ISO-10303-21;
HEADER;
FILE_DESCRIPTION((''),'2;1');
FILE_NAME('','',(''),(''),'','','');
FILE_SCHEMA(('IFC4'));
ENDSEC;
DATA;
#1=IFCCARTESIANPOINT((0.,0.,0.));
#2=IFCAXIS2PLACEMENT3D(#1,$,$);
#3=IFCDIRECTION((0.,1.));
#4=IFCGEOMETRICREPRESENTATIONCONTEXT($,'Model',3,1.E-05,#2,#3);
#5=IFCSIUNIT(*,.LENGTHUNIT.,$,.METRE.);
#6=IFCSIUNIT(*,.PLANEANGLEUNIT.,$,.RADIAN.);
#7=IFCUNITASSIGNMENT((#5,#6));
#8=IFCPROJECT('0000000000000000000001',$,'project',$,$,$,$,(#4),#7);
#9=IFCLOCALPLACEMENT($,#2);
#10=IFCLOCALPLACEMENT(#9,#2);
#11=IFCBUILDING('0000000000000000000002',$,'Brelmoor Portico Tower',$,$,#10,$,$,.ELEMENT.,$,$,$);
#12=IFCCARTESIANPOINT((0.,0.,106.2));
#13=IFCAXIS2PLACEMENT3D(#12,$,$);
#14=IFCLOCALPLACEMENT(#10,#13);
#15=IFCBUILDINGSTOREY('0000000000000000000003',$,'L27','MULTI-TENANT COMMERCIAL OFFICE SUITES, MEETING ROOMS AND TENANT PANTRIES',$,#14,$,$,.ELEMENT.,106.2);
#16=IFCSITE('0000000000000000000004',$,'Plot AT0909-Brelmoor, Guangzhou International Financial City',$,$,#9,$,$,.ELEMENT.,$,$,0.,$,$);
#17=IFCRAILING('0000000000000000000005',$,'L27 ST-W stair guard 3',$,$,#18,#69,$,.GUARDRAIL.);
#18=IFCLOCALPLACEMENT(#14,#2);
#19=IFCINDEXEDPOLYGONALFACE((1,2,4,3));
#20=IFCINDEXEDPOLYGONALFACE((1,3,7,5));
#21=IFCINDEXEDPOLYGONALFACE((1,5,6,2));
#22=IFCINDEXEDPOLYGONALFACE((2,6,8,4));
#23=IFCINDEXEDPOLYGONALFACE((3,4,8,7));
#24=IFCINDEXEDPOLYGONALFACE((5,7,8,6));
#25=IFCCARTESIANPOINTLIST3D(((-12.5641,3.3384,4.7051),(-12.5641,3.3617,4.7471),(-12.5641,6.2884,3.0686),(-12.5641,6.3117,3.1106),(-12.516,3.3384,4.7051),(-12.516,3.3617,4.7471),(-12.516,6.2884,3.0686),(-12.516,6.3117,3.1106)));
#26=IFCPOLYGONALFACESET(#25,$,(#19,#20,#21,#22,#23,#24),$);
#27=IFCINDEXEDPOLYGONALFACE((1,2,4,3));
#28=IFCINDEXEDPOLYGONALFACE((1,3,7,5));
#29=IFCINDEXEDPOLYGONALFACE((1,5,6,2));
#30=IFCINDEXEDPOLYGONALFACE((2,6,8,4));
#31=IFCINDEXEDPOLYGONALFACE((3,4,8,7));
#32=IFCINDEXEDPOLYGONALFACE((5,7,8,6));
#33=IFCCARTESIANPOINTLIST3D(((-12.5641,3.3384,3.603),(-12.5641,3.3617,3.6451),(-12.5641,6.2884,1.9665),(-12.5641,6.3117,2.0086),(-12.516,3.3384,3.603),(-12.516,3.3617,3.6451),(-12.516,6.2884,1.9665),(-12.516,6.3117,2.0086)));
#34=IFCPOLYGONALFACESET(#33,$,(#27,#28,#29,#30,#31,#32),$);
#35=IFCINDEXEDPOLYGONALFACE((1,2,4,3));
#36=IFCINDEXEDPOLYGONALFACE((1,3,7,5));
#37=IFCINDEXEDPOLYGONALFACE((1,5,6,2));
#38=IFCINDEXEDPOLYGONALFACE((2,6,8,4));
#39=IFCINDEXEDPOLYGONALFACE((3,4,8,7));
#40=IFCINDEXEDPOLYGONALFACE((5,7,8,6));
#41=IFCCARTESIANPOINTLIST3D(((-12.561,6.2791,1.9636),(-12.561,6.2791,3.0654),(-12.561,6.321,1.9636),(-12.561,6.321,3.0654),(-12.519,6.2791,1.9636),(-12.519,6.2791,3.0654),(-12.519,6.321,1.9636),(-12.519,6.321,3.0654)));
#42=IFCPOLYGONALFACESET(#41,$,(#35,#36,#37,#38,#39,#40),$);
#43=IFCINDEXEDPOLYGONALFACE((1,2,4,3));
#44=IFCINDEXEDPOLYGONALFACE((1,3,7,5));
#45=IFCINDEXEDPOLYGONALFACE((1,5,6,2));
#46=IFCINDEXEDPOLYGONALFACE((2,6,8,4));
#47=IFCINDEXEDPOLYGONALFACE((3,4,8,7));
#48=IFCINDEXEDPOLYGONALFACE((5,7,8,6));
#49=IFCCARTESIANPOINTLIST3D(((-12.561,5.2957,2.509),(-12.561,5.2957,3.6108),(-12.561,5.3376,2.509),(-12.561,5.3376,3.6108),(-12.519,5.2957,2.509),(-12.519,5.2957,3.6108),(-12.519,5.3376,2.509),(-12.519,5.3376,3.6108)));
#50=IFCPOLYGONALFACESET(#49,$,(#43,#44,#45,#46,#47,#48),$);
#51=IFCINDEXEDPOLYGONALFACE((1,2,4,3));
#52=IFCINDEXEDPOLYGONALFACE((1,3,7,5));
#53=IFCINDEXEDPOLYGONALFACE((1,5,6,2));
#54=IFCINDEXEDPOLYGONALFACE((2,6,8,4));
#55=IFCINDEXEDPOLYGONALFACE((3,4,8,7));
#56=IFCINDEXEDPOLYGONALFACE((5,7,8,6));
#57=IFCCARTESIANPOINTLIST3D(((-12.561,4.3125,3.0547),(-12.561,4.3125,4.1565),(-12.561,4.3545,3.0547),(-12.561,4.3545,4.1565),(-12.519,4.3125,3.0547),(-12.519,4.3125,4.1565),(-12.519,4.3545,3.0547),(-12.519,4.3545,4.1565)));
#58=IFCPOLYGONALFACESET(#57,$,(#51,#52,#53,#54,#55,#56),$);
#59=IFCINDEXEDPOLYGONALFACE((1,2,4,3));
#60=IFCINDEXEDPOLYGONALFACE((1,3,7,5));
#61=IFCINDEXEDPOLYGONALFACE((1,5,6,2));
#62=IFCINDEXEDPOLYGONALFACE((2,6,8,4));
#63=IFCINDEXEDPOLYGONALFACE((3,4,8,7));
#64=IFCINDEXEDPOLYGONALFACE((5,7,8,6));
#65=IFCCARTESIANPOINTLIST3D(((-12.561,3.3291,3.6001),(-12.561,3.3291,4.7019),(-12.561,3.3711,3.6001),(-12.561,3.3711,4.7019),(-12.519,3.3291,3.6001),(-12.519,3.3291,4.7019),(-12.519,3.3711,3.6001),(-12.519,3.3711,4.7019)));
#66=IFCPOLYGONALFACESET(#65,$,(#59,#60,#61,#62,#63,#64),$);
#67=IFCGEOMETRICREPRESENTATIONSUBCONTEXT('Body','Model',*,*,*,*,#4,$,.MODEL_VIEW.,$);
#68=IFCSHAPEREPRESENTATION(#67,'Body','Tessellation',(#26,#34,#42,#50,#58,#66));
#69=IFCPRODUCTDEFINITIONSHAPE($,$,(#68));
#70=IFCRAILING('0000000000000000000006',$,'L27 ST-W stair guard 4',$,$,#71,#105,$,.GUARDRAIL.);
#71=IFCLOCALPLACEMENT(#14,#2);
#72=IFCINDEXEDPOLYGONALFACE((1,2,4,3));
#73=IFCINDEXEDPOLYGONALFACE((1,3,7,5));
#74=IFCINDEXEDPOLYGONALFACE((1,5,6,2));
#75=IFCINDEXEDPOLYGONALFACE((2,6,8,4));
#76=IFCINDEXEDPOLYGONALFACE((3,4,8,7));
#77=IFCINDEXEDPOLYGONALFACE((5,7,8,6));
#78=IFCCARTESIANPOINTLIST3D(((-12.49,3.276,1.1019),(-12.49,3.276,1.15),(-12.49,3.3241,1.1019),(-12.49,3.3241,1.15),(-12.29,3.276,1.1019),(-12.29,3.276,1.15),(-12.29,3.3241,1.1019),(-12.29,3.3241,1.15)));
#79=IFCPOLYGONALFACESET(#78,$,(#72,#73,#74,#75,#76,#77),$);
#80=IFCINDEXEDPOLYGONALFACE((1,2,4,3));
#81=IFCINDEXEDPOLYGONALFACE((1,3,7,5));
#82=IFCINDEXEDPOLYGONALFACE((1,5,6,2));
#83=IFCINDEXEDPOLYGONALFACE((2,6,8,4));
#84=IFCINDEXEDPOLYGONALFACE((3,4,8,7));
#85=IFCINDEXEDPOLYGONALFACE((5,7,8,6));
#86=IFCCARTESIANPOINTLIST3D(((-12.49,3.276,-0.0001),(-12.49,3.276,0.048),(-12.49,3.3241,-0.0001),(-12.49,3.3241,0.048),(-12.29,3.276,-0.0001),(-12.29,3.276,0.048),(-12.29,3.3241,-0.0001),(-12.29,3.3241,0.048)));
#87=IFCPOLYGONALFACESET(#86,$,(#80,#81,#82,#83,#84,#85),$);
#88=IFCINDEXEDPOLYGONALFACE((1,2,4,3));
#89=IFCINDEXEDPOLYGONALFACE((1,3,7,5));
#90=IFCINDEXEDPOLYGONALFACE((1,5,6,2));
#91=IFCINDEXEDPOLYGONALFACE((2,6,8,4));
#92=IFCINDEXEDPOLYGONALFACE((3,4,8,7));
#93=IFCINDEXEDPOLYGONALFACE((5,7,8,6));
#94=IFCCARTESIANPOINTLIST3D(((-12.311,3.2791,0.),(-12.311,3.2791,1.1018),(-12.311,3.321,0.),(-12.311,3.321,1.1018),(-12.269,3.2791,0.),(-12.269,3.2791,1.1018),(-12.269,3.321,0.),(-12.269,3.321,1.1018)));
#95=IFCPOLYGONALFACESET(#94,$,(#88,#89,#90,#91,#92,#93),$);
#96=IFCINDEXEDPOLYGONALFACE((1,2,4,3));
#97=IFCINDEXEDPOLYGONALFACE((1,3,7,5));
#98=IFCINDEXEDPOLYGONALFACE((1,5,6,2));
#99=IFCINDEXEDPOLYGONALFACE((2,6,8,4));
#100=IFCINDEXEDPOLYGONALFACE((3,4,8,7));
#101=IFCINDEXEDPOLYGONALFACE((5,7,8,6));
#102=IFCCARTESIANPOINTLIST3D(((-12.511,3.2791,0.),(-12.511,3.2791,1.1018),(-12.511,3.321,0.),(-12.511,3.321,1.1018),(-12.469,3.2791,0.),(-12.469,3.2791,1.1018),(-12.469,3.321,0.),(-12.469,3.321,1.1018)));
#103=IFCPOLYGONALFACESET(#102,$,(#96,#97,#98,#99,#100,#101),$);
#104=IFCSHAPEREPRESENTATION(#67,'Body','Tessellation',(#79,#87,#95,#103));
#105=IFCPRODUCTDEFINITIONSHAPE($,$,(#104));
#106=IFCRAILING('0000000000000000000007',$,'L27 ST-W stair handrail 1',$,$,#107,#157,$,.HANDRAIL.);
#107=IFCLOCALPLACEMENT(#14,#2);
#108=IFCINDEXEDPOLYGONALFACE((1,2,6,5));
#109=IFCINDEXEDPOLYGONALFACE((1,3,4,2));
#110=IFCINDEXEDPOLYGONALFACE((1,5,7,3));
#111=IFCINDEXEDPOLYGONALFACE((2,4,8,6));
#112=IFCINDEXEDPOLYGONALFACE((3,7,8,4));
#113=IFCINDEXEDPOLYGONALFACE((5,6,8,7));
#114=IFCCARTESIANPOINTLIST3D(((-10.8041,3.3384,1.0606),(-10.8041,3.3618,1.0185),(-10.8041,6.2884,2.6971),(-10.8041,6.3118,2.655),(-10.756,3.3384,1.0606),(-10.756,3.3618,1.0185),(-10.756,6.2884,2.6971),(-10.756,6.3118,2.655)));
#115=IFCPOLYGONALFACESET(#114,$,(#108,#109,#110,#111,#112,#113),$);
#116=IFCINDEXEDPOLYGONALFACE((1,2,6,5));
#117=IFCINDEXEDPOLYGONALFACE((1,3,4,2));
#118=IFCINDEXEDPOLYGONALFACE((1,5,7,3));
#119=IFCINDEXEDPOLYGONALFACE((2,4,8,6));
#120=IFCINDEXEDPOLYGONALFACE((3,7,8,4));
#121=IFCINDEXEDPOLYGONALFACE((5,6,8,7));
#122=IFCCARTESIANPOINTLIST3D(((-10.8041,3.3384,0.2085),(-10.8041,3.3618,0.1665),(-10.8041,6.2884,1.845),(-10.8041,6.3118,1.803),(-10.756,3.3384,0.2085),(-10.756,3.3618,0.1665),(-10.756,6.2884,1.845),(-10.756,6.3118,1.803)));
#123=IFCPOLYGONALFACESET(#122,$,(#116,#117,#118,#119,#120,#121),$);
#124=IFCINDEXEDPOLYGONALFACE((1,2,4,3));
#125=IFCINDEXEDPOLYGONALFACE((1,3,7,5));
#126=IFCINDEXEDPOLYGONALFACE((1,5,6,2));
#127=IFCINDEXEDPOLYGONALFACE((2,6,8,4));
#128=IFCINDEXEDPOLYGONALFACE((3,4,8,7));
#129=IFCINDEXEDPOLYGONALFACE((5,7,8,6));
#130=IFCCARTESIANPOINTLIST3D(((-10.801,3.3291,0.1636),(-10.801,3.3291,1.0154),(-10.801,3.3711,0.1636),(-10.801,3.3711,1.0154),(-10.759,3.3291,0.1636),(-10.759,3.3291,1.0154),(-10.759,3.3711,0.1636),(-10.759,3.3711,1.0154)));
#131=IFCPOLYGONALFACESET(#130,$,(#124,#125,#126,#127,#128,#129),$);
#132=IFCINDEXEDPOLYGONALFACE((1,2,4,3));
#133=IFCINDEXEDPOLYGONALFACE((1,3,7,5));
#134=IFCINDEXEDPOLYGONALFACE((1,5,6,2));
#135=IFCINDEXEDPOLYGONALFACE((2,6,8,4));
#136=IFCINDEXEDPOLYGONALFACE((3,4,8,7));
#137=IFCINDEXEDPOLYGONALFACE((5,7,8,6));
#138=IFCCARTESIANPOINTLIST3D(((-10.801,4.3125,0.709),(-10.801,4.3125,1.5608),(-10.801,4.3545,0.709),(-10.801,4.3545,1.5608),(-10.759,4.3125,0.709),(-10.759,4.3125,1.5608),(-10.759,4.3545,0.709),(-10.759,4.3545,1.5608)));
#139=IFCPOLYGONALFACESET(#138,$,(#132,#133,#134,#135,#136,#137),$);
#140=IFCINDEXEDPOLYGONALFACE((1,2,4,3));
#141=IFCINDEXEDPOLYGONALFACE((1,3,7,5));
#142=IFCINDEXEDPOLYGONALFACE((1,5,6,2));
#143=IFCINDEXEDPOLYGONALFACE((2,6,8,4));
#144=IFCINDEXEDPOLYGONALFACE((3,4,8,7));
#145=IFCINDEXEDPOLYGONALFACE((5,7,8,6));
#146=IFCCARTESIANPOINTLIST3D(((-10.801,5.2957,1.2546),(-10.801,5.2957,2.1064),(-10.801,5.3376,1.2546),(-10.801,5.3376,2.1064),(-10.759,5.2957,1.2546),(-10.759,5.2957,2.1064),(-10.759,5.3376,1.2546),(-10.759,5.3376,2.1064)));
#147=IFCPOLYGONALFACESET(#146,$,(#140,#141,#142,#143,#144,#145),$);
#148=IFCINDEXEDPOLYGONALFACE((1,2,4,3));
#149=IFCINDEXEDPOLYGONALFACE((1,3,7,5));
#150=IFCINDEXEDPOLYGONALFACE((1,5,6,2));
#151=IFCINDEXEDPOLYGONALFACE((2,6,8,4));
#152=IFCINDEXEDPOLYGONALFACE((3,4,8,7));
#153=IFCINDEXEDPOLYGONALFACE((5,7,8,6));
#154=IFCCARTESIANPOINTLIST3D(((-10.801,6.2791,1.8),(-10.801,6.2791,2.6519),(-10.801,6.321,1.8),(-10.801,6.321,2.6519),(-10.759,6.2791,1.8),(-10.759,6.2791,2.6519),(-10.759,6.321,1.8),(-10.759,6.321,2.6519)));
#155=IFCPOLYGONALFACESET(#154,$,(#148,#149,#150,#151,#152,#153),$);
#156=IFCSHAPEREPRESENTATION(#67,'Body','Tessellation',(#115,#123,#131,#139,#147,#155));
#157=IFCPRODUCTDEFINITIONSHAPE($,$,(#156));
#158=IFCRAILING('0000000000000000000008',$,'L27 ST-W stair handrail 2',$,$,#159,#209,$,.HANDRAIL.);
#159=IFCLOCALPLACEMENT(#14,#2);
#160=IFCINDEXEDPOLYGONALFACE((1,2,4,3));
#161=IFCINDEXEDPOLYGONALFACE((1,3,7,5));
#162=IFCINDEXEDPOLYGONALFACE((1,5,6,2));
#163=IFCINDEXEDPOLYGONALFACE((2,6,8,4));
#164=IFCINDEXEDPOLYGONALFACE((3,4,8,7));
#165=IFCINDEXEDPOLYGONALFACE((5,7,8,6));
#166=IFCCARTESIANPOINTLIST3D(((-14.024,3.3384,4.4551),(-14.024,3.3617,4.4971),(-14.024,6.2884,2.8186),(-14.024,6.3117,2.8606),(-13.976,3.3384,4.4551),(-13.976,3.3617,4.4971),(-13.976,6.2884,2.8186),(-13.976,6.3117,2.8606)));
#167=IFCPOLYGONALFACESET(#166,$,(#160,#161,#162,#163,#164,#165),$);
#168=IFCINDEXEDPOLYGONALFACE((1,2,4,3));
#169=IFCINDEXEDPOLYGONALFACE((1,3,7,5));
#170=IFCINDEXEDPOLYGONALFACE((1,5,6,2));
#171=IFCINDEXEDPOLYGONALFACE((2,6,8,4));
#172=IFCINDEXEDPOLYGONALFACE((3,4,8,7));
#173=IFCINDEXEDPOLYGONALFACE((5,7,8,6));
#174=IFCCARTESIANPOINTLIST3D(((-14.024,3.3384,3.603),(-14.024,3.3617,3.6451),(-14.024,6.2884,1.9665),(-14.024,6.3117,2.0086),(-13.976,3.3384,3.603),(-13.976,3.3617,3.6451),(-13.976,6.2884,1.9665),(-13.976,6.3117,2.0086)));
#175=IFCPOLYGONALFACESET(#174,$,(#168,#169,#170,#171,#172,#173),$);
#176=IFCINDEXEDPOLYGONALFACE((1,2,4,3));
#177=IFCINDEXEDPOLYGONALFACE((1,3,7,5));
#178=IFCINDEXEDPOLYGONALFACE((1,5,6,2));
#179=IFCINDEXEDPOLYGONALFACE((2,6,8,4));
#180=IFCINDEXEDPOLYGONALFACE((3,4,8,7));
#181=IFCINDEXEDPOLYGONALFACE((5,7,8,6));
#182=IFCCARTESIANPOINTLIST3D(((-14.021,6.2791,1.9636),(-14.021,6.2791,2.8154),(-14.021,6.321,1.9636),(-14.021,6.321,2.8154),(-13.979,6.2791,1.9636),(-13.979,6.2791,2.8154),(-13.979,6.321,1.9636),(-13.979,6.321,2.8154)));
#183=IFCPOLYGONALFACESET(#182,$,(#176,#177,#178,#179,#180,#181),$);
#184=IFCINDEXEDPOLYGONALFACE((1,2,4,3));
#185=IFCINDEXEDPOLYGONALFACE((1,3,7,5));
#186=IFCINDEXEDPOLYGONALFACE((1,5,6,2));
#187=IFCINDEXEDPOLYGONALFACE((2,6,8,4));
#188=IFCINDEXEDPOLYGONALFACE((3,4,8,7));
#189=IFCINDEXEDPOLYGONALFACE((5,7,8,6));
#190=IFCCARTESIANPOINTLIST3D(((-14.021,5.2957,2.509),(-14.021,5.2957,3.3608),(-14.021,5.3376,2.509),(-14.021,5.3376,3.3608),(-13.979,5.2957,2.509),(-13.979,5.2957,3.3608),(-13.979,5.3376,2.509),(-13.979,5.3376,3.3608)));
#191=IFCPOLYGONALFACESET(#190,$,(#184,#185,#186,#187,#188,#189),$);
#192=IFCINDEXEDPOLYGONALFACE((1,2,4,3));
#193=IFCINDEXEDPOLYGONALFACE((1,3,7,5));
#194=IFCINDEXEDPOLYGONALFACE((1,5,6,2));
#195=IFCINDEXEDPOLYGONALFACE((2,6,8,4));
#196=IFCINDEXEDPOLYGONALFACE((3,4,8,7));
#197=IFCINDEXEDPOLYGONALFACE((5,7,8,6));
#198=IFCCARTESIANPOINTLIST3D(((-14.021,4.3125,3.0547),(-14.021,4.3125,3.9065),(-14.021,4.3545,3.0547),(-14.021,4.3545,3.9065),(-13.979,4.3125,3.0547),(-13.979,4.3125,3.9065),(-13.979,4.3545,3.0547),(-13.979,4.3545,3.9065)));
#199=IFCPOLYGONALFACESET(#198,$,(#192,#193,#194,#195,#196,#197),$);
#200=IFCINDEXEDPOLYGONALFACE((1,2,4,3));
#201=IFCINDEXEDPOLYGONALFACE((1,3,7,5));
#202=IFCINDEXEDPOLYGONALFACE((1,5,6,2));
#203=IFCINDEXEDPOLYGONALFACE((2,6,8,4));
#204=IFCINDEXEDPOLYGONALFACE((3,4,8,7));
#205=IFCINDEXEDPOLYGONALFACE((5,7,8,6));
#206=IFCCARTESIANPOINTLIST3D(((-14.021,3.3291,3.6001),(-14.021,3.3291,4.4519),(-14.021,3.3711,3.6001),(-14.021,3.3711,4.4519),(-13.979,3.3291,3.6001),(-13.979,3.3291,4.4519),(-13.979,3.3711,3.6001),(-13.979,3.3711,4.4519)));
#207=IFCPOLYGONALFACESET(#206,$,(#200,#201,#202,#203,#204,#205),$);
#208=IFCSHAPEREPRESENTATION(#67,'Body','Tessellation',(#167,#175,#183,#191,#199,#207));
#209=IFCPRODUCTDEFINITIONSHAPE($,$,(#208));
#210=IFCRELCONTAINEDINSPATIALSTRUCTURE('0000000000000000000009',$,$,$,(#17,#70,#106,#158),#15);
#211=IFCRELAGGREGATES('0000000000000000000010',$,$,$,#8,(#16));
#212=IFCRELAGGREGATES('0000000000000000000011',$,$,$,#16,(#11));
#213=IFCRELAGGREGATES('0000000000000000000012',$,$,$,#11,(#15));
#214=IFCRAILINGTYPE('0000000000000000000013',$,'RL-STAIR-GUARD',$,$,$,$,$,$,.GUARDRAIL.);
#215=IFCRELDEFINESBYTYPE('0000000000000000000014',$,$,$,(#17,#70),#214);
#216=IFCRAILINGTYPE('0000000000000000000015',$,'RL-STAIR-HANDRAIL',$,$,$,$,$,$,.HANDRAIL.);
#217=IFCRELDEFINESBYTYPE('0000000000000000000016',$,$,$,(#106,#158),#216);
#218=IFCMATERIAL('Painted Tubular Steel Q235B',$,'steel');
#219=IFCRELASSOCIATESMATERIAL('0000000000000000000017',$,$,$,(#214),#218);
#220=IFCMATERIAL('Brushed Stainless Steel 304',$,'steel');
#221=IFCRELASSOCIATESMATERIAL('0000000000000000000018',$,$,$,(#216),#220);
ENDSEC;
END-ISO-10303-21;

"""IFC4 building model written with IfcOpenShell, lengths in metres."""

from ifc_helpers import new_model, si_unit, direction, frame, origin, origin_2d, place, context, subcontext, project, spatial, rectangle, extrude, material, type_object, element, save


model = new_model("IFC4")

# Units and contexts
model_context = context("Model", 3, precision=1e-05, world=origin(), true_north=direction((0.0, 1.0)))
body_context = subcontext(model_context, "Body", "Model", "MODEL_VIEW")
ifc_project = project(units=[si_unit("LENGTHUNIT", "METRE"), si_unit("PLANEANGLEUNIT", "RADIAN")], contexts=[model_context])

# Site, building, storey
site_placement = place(None, origin())
site = spatial("IfcSite", under=ifc_project, at=site_placement, Name="Plot AT0909-Brelmoor, Guangzhou International Financial City", CompositionType="ELEMENT", RefElevation=0.0)
building_placement = place(site_placement, origin())
building = spatial("IfcBuilding", under=site, at=building_placement, Name="Brelmoor Portico Tower", CompositionType="ELEMENT")
storey_placement = place(building_placement, frame((0.0, 0.0, 106.2)))
storey = spatial("IfcBuildingStorey", under=building, at=storey_placement, Name="L27", Description="MULTI-TENANT COMMERCIAL OFFICE SUITES, MEETING ROOMS AND TENANT PANTRIES", CompositionType="ELEMENT", Elevation=106.2)

# Railings
ifc_material_1 = material(Name="Painted Tubular Steel Q235B", Category="steel")
railing_type_1 = type_object("IfcRailingType", Name="RL-STAIR-GUARD", PredefinedType="GUARDRAIL", material=ifc_material_1)
railing_1_placement = place(storey_placement, frame((-12.54, 6.3, 1.9636)))
element("IfcRailing", 1, at=railing_1_placement, inside=storey, type_object=railing_type_1, Name="L27 ST-W stair guard 3", PredefinedType="GUARDRAIL", context=body_context, shape_type="SweptSolid", body=[
    extrude(rectangle(XDim=0.0481, YDim=0.0481, at=origin_2d()), frame((0.0, 0.0, 1.126), z_axis=(0.0, -0.874458, 0.485102), x_axis=(1.0, 0.0, 0.0)), (0.0, 0.0, 1.0), 3.3735),
    extrude(rectangle(XDim=0.0481, YDim=0.0481, at=origin_2d()), frame((0.0, 0.0, 0.0239), z_axis=(0.0, -0.874458, 0.485102), x_axis=(1.0, 0.0, 0.0)), (0.0, 0.0, 1.0), 3.3735),
    extrude(rectangle(XDim=0.042, YDim=0.042, at=origin_2d()), origin(), (0.0, 0.0, 1.0), 1.1018),
    extrude(rectangle(XDim=0.042, YDim=0.042, at=origin_2d()), frame((0.0, -0.9834, 0.5454)), (0.0, 0.0, 1.0), 1.1018),
    extrude(rectangle(XDim=0.042, YDim=0.042, at=origin_2d()), frame((0.0, -1.9666, 1.0911)), (0.0, 0.0, 1.0), 1.1018),
    extrude(rectangle(XDim=0.042, YDim=0.042, at=origin_2d()), frame((0.0, -2.95, 1.6365)), (0.0, 0.0, 1.0), 1.1018),
])
railing_2_placement = place(storey_placement, frame((-12.29, 3.3, 0.0)))
element("IfcRailing", 2, at=railing_2_placement, inside=storey, type_object=railing_type_1, Name="L27 ST-W stair guard 4", PredefinedType="GUARDRAIL", context=body_context, shape_type="SweptSolid", body=[
    extrude(rectangle(XDim=0.0481, YDim=0.0481, at=origin_2d()), frame((0.0, 0.0, 1.126), z_axis=(-1.0, 0.0, 0.0), x_axis=(0.0, -1.0, 0.0)), (0.0, 0.0, 1.0), 0.2),
    extrude(rectangle(XDim=0.0481, YDim=0.0481, at=origin_2d()), frame((0.0, 0.0, 0.0239), z_axis=(-1.0, 0.0, 0.0), x_axis=(0.0, -1.0, 0.0)), (0.0, 0.0, 1.0), 0.2),
    extrude(rectangle(XDim=0.042, YDim=0.042, at=origin_2d()), origin(), (0.0, 0.0, 1.0), 1.1018),
    extrude(rectangle(XDim=0.042, YDim=0.042, at=origin_2d()), frame((-0.2, 0.0, 0.0)), (0.0, 0.0, 1.0), 1.1018),
])
ifc_material_2 = material(Name="Brushed Stainless Steel 304", Category="steel")
railing_type_2 = type_object("IfcRailingType", Name="RL-STAIR-HANDRAIL", PredefinedType="HANDRAIL", material=ifc_material_2)
railing_3_placement = place(storey_placement, frame((-10.78, 3.3501, 0.1636)))
element("IfcRailing", 3, at=railing_3_placement, inside=storey, type_object=railing_type_2, Name="L27 ST-W stair handrail 1", PredefinedType="HANDRAIL", context=body_context, shape_type="SweptSolid", body=[
    extrude(rectangle(XDim=0.0481, YDim=0.0481, at=origin_2d()), frame((0.0, 0.0, 0.876), z_axis=(0.0, 0.874458, 0.485102), x_axis=(-1.0, 0.0, 0.0)), (0.0, 0.0, 1.0), 3.3735),
    extrude(rectangle(XDim=0.0481, YDim=0.0481, at=origin_2d()), frame((0.0, 0.0, 0.0239), z_axis=(0.0, 0.874458, 0.485102), x_axis=(-1.0, 0.0, 0.0)), (0.0, 0.0, 1.0), 3.3735),
    extrude(rectangle(XDim=0.042, YDim=0.042, at=origin_2d()), origin(), (0.0, 0.0, 1.0), 0.8518),
    extrude(rectangle(XDim=0.042, YDim=0.042, at=origin_2d()), frame((0.0, 0.9834, 0.5454)), (0.0, 0.0, 1.0), 0.8518),
    extrude(rectangle(XDim=0.042, YDim=0.042, at=origin_2d()), frame((0.0, 1.9666, 1.0911)), (0.0, 0.0, 1.0), 0.8518),
    extrude(rectangle(XDim=0.042, YDim=0.042, at=origin_2d()), frame((0.0, 2.95, 1.6365)), (0.0, 0.0, 1.0), 0.8518),
])
railing_4_placement = place(storey_placement, frame((-14.0, 6.3, 1.9636)))
element("IfcRailing", 4, at=railing_4_placement, inside=storey, type_object=railing_type_2, Name="L27 ST-W stair handrail 2", PredefinedType="HANDRAIL", context=body_context, shape_type="SweptSolid", body=[
    extrude(rectangle(XDim=0.0481, YDim=0.0481, at=origin_2d()), frame((0.0, 0.0, 0.876), z_axis=(0.0, -0.874458, 0.485102), x_axis=(1.0, 0.0, 0.0)), (0.0, 0.0, 1.0), 3.3735),
    extrude(rectangle(XDim=0.0481, YDim=0.0481, at=origin_2d()), frame((0.0, 0.0, 0.0239), z_axis=(0.0, -0.874458, 0.485102), x_axis=(1.0, 0.0, 0.0)), (0.0, 0.0, 1.0), 3.3735),
    extrude(rectangle(XDim=0.042, YDim=0.042, at=origin_2d()), origin(), (0.0, 0.0, 1.0), 0.8518),
    extrude(rectangle(XDim=0.042, YDim=0.042, at=origin_2d()), frame((0.0, -0.9834, 0.5454)), (0.0, 0.0, 1.0), 0.8518),
    extrude(rectangle(XDim=0.042, YDim=0.042, at=origin_2d()), frame((0.0, -1.9666, 1.0911)), (0.0, 0.0, 1.0), 0.8518),
    extrude(rectangle(XDim=0.042, YDim=0.042, at=origin_2d()), frame((0.0, -2.95, 1.6365)), (0.0, 0.0, 1.0), 0.8518),
])

save(model, "model.ifc")
